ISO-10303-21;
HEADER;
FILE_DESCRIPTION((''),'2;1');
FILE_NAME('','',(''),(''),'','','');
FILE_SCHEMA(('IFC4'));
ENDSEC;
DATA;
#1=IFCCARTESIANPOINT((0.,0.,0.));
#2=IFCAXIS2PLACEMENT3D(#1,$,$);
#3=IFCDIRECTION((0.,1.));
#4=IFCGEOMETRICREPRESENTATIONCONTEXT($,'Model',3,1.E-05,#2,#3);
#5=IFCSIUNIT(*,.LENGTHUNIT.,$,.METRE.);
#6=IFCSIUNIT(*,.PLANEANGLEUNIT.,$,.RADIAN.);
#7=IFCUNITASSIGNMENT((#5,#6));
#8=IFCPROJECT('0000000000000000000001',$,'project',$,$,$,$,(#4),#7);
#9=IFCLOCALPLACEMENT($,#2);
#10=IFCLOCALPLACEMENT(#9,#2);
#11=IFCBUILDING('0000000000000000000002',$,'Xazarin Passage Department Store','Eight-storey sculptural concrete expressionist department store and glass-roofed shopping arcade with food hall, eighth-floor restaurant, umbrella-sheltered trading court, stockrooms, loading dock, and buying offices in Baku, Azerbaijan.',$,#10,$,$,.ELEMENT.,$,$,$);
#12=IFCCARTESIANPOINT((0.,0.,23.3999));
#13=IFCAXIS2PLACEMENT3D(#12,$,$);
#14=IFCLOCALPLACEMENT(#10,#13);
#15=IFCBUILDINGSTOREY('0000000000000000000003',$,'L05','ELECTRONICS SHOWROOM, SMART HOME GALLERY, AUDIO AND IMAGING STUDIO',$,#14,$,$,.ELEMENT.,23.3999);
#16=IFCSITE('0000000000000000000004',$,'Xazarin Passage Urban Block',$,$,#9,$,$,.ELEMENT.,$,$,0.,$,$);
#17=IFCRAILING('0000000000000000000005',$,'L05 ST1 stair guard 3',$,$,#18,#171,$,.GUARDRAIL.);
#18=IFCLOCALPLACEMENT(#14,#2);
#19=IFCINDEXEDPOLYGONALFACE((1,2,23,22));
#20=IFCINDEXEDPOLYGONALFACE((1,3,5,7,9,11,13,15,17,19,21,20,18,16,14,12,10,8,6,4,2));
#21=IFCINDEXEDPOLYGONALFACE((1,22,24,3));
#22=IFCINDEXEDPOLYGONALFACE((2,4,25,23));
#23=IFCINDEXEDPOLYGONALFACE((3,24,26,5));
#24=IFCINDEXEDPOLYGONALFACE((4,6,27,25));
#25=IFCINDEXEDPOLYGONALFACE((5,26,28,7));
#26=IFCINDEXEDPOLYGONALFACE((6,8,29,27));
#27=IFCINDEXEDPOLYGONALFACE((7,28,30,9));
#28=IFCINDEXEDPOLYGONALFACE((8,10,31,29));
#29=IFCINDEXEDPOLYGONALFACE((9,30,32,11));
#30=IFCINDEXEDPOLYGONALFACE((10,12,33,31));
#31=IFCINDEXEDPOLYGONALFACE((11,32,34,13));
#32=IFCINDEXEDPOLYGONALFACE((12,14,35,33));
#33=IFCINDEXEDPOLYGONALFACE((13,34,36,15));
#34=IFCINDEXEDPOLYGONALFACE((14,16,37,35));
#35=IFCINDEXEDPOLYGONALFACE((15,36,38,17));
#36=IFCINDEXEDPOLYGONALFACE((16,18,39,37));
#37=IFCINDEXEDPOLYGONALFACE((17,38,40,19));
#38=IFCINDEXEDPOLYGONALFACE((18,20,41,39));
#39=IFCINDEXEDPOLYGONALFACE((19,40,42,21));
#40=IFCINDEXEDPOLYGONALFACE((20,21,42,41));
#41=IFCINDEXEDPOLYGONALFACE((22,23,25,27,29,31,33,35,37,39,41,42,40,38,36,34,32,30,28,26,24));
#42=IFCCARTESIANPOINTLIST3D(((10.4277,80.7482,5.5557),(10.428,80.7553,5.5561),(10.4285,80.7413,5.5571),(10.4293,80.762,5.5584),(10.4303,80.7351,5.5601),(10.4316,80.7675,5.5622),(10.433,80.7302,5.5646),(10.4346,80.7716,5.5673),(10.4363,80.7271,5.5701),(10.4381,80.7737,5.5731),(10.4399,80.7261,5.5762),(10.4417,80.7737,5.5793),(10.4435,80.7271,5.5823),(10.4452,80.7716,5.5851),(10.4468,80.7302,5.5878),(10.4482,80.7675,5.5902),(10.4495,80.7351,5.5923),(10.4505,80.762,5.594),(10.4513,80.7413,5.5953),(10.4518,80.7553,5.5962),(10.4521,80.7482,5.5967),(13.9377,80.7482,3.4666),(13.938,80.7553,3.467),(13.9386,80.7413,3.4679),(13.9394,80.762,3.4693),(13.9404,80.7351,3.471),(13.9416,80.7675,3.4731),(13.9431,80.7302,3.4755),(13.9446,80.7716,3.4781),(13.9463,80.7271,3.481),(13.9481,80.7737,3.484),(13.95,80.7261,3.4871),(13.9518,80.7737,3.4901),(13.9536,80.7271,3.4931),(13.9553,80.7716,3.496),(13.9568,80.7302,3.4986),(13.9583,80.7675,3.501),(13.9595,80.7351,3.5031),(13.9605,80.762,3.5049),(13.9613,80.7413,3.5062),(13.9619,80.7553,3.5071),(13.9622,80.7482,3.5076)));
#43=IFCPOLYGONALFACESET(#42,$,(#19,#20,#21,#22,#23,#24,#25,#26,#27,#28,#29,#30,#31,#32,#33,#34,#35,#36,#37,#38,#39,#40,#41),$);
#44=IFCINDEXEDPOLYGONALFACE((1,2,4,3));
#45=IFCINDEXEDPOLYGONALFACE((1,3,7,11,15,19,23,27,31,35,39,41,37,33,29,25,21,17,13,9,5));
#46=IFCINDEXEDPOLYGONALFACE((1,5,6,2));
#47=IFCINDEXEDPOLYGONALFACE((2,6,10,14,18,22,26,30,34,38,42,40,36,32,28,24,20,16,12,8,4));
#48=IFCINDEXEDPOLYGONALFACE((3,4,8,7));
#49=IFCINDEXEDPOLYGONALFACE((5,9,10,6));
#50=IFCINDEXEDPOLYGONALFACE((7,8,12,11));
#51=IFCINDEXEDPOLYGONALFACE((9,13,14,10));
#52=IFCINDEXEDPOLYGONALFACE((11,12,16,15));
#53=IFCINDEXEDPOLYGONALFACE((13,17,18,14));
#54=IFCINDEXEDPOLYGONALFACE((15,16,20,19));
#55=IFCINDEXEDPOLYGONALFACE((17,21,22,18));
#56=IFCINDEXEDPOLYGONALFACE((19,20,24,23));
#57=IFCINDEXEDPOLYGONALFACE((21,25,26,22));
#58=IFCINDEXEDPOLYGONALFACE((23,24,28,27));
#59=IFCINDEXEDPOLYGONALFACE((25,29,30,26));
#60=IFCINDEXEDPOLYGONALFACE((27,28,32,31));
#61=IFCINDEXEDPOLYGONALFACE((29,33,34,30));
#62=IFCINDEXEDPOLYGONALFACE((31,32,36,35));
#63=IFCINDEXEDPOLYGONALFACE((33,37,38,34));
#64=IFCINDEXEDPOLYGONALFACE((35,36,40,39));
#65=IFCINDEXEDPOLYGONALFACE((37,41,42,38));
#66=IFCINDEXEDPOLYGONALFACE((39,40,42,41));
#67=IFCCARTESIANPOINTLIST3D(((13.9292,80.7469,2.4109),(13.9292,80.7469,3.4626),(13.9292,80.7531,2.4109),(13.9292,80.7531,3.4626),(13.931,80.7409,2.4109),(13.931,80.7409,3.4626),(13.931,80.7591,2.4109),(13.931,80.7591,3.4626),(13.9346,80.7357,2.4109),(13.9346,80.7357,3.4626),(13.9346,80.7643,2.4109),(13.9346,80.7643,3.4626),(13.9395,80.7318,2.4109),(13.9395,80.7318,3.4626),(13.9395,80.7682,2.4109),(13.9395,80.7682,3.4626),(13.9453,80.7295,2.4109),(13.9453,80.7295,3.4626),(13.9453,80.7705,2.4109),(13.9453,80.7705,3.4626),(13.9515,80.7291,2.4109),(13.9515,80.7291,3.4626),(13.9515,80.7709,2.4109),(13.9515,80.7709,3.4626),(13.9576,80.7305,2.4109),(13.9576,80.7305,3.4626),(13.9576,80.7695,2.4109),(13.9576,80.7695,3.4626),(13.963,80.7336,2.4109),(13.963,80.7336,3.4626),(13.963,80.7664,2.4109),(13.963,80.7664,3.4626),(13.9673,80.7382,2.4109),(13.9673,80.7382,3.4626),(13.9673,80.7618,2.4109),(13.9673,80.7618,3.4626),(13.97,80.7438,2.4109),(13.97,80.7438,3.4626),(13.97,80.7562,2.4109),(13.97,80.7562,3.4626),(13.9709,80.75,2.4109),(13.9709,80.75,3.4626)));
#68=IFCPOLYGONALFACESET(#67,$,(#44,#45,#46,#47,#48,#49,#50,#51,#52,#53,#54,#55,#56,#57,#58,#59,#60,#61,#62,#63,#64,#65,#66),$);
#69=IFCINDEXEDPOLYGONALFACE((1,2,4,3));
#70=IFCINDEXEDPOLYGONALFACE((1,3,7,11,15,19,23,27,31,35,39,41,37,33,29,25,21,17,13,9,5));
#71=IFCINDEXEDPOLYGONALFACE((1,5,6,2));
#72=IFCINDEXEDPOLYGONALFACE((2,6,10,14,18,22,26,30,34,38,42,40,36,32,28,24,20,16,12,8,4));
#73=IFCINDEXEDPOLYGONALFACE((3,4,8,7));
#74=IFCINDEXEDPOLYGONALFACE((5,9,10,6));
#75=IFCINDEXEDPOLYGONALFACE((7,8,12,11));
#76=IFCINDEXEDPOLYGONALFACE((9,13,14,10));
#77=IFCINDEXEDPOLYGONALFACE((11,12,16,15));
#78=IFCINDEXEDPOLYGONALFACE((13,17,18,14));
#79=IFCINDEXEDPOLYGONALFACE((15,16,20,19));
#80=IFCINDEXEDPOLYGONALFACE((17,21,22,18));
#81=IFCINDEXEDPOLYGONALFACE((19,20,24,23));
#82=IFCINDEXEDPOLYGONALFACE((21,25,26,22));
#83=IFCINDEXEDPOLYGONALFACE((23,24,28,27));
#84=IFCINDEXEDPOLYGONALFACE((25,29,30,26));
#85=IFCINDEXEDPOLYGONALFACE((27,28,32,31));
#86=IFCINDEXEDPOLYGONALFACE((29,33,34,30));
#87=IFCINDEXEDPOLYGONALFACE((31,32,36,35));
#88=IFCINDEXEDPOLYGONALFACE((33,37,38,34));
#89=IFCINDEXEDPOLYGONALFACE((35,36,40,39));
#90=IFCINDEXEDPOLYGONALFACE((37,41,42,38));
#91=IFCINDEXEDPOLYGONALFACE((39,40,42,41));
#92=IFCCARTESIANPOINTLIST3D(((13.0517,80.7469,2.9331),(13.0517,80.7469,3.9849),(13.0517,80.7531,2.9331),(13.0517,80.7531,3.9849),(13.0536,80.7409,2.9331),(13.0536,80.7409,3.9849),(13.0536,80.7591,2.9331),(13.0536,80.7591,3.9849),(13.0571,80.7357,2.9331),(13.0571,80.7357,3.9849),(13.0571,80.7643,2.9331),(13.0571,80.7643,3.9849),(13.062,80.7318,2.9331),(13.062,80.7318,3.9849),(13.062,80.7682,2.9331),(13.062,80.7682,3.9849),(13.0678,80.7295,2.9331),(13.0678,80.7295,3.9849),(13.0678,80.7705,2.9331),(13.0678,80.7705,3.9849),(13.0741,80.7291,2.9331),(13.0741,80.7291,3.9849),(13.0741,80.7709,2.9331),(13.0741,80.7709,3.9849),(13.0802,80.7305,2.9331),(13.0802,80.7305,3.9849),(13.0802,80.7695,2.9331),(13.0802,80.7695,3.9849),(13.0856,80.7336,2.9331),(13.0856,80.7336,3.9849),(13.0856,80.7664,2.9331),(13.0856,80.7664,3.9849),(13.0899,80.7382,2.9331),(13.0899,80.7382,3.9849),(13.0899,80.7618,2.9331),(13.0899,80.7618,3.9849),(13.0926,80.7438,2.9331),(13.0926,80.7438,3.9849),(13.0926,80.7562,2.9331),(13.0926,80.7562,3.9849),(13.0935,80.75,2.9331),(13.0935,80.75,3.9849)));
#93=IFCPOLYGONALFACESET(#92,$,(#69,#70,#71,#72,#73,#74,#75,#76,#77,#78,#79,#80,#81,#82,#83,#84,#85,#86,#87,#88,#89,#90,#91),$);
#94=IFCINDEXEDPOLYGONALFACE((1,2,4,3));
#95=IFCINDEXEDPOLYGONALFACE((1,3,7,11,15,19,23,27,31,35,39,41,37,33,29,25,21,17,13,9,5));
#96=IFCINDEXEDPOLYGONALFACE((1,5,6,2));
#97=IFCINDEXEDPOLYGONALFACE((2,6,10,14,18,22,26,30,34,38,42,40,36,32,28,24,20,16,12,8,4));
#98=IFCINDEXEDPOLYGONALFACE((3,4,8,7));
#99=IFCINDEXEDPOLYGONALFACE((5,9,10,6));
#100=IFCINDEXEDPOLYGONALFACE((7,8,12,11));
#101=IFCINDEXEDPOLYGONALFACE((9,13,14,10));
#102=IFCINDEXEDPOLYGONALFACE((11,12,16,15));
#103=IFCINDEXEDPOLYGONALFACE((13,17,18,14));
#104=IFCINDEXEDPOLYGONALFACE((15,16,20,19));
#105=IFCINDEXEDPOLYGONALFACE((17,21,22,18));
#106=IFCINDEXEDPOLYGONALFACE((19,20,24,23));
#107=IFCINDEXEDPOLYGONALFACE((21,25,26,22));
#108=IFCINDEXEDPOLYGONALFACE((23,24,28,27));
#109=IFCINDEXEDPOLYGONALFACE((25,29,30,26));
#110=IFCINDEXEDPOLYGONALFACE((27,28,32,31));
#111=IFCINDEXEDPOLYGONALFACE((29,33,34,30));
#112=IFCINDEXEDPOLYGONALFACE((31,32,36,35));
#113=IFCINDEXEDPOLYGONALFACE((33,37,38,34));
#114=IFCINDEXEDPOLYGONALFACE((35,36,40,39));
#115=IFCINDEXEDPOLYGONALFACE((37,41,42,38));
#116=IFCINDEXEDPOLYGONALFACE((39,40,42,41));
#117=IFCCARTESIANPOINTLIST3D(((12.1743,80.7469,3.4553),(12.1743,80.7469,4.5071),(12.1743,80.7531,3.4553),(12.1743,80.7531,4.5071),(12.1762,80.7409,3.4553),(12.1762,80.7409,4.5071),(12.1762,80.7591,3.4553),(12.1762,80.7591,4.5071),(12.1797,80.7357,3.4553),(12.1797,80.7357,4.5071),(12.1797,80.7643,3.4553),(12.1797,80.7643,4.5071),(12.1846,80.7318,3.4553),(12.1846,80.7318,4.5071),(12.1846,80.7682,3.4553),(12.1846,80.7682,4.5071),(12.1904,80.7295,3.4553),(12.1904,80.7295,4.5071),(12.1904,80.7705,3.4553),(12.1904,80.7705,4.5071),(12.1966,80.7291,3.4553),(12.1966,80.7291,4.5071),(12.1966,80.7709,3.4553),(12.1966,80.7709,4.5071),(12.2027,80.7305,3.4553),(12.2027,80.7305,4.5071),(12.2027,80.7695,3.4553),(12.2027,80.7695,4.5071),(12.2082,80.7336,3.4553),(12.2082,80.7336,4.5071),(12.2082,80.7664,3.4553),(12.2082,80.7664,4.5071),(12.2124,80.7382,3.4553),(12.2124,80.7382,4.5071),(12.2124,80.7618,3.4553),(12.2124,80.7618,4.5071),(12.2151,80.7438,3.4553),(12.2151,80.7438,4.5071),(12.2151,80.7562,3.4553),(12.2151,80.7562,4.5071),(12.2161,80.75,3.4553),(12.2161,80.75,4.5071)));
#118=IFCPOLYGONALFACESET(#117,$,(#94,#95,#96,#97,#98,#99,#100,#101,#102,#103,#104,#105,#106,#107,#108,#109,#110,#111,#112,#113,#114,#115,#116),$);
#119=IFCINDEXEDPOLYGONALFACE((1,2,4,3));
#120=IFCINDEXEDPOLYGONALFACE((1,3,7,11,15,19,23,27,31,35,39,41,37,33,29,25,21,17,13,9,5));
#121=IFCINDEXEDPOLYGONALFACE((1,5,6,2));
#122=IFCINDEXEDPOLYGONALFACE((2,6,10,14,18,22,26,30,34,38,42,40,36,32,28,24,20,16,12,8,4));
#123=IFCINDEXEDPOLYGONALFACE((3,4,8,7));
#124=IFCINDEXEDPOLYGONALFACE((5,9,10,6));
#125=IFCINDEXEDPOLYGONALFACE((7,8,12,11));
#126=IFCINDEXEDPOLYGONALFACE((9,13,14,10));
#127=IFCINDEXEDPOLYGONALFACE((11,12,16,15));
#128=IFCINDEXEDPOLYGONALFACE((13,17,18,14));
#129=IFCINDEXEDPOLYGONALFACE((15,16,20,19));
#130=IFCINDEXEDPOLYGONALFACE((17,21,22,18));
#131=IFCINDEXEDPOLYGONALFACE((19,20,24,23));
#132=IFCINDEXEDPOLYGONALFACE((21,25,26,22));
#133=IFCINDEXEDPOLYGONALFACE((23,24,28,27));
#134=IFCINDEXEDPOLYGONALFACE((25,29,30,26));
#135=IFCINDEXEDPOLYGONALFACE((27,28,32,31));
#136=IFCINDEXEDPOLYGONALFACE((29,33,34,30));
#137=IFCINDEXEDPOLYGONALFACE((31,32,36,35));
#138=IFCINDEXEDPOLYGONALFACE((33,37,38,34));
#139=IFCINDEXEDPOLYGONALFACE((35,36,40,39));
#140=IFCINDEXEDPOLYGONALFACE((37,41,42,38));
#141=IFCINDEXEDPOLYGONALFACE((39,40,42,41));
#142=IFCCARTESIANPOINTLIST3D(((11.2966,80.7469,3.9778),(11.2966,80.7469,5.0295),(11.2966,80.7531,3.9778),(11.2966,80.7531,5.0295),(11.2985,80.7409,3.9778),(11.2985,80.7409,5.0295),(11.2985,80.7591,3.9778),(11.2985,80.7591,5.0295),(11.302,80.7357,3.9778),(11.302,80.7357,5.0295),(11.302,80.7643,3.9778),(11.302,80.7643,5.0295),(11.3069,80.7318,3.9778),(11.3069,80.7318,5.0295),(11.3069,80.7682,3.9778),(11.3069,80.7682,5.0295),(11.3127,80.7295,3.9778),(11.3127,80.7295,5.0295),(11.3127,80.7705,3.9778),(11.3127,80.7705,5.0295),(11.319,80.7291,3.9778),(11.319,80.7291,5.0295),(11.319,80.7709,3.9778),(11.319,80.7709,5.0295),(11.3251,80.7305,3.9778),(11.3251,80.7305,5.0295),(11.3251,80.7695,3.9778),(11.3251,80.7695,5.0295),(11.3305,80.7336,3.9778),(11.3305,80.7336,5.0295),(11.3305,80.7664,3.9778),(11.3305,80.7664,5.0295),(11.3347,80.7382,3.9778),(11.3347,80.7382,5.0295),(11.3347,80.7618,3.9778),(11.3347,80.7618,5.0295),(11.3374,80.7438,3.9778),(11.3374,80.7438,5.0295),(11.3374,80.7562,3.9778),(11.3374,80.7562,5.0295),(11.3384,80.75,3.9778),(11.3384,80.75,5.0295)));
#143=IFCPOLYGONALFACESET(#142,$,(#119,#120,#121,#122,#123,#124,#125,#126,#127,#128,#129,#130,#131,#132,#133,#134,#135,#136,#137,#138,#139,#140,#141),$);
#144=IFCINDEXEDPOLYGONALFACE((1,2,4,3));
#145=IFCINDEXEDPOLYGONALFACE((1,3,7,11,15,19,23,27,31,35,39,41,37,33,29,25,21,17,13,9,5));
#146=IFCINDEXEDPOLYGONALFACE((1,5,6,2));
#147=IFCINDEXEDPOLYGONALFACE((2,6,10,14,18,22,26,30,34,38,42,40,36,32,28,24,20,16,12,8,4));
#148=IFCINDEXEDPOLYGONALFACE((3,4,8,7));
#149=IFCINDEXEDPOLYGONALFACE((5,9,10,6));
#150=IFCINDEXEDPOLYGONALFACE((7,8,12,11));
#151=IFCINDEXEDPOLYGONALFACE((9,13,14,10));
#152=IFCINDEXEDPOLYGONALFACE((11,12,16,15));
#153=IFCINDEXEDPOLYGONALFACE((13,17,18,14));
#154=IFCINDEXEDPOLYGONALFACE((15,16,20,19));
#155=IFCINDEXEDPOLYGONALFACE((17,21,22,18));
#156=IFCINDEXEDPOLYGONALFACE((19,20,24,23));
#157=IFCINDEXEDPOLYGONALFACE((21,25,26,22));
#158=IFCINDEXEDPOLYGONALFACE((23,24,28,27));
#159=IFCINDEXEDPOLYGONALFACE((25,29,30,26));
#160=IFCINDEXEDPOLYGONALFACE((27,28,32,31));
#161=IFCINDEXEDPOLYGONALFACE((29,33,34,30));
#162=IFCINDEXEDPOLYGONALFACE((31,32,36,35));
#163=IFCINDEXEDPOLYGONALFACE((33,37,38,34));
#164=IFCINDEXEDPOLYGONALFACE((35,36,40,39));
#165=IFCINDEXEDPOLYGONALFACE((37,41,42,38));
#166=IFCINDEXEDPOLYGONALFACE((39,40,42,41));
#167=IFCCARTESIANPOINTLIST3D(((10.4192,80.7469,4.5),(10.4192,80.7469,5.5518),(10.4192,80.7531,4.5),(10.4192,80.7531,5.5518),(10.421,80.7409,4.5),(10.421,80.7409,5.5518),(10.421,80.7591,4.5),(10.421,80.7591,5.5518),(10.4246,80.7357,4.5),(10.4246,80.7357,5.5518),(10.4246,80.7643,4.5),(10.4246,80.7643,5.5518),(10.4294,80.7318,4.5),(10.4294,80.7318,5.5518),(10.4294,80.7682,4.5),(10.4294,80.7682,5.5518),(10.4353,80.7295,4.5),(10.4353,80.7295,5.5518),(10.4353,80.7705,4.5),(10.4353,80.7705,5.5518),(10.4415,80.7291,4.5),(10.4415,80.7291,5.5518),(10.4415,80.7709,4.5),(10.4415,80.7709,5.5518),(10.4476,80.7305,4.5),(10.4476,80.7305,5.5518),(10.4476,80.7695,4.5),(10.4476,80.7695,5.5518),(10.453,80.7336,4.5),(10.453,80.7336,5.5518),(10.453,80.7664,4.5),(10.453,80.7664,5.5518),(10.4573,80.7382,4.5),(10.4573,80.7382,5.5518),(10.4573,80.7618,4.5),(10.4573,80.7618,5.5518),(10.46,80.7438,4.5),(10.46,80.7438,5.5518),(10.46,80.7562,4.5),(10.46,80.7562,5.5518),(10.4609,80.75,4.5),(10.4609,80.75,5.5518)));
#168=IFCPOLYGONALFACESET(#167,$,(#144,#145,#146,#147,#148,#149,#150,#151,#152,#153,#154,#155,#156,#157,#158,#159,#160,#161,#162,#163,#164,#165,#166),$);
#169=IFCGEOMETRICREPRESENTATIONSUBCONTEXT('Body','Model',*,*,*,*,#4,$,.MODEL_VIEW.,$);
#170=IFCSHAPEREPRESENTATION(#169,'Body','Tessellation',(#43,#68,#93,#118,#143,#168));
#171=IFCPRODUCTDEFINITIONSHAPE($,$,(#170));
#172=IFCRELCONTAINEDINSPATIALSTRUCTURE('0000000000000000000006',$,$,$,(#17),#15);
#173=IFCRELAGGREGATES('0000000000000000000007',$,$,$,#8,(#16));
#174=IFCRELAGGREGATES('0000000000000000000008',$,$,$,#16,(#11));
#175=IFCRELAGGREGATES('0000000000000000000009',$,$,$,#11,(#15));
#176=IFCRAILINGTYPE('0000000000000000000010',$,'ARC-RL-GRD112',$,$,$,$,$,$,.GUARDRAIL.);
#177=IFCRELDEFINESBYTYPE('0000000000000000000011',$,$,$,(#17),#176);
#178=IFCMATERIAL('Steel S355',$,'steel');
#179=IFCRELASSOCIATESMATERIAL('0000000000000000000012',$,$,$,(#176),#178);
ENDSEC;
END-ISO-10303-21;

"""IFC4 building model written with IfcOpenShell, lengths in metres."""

from ifc_helpers import new_model, si_unit, direction, frame, origin, origin_2d, place, context, subcontext, project, spatial, circle, extrude, material, type_object, element, save


model = new_model("IFC4")

# Units and contexts
model_context = context("Model", 3, precision=1e-05, world=origin(), true_north=direction((0.0, 1.0)))
body_context = subcontext(model_context, "Body", "Model", "MODEL_VIEW")
ifc_project = project(units=[si_unit("LENGTHUNIT", "METRE"), si_unit("PLANEANGLEUNIT", "RADIAN")], contexts=[model_context])

# Site, building, storey
site_placement = place(None, origin())
site = spatial("IfcSite", under=ifc_project, at=site_placement, Name="Xazarin Passage Urban Block", CompositionType="ELEMENT", RefElevation=0.0)
building_placement = place(site_placement, origin())
building = spatial("IfcBuilding", under=site, at=building_placement, Name="Xazarin Passage Department Store", Description="Eight-storey sculptural concrete expressionist department store and glass-roofed shopping arcade with food hall, eighth-floor restaurant, umbrella-sheltered trading court, stockrooms, loading dock, and buying offices in Baku, Azerbaijan.", CompositionType="ELEMENT")
storey_placement = place(building_placement, frame((0.0, 0.0, 23.3999)))
storey = spatial("IfcBuildingStorey", under=building, at=storey_placement, Name="L05", Description="ELECTRONICS SHOWROOM, SMART HOME GALLERY, AUDIO AND IMAGING STUDIO", CompositionType="ELEMENT", Elevation=23.3999)

# Railing
ifc_material_1 = material(Name="Steel S355", Category="steel")
railing_type_1 = type_object("IfcRailingType", Name="ARC-RL-GRD112", PredefinedType="GUARDRAIL", material=ifc_material_1)
railing_1_placement = place(storey_placement, frame((13.95, 80.75, 2.4109)))
element("IfcRailing", 1, at=railing_1_placement, inside=storey, type_object=railing_type_1, Name="L05 ST1 stair guard 3", PredefinedType="GUARDRAIL", context=body_context, shape_type="SweptSolid", body=[
    extrude(circle(Radius=0.0239, at=origin_2d()), frame((0.0, 0.0, 1.0762), z_axis=(-0.859312, 0.0, 0.511451), x_axis=(0.0, -1.0, 0.0)), (0.0, 0.0, 1.0), 4.0847),
    extrude(circle(Radius=0.021, at=origin_2d()), origin(), (0.0, 0.0, 1.0), 1.0518),
    extrude(circle(Radius=0.021, at=origin_2d()), frame((-0.8774, 0.0, 0.5222)), (0.0, 0.0, 1.0), 1.0518),
    extrude(circle(Radius=0.021, at=origin_2d()), frame((-1.7549, 0.0, 1.0444)), (0.0, 0.0, 1.0), 1.0518),
    extrude(circle(Radius=0.021, at=origin_2d()), frame((-2.6326, 0.0, 1.5669)), (0.0, 0.0, 1.0), 1.0518),
    extrude(circle(Radius=0.021, at=origin_2d()), frame((-3.51, 0.0, 2.0891)), (0.0, 0.0, 1.0), 1.0518),
])

save(model, "model.ifc")
